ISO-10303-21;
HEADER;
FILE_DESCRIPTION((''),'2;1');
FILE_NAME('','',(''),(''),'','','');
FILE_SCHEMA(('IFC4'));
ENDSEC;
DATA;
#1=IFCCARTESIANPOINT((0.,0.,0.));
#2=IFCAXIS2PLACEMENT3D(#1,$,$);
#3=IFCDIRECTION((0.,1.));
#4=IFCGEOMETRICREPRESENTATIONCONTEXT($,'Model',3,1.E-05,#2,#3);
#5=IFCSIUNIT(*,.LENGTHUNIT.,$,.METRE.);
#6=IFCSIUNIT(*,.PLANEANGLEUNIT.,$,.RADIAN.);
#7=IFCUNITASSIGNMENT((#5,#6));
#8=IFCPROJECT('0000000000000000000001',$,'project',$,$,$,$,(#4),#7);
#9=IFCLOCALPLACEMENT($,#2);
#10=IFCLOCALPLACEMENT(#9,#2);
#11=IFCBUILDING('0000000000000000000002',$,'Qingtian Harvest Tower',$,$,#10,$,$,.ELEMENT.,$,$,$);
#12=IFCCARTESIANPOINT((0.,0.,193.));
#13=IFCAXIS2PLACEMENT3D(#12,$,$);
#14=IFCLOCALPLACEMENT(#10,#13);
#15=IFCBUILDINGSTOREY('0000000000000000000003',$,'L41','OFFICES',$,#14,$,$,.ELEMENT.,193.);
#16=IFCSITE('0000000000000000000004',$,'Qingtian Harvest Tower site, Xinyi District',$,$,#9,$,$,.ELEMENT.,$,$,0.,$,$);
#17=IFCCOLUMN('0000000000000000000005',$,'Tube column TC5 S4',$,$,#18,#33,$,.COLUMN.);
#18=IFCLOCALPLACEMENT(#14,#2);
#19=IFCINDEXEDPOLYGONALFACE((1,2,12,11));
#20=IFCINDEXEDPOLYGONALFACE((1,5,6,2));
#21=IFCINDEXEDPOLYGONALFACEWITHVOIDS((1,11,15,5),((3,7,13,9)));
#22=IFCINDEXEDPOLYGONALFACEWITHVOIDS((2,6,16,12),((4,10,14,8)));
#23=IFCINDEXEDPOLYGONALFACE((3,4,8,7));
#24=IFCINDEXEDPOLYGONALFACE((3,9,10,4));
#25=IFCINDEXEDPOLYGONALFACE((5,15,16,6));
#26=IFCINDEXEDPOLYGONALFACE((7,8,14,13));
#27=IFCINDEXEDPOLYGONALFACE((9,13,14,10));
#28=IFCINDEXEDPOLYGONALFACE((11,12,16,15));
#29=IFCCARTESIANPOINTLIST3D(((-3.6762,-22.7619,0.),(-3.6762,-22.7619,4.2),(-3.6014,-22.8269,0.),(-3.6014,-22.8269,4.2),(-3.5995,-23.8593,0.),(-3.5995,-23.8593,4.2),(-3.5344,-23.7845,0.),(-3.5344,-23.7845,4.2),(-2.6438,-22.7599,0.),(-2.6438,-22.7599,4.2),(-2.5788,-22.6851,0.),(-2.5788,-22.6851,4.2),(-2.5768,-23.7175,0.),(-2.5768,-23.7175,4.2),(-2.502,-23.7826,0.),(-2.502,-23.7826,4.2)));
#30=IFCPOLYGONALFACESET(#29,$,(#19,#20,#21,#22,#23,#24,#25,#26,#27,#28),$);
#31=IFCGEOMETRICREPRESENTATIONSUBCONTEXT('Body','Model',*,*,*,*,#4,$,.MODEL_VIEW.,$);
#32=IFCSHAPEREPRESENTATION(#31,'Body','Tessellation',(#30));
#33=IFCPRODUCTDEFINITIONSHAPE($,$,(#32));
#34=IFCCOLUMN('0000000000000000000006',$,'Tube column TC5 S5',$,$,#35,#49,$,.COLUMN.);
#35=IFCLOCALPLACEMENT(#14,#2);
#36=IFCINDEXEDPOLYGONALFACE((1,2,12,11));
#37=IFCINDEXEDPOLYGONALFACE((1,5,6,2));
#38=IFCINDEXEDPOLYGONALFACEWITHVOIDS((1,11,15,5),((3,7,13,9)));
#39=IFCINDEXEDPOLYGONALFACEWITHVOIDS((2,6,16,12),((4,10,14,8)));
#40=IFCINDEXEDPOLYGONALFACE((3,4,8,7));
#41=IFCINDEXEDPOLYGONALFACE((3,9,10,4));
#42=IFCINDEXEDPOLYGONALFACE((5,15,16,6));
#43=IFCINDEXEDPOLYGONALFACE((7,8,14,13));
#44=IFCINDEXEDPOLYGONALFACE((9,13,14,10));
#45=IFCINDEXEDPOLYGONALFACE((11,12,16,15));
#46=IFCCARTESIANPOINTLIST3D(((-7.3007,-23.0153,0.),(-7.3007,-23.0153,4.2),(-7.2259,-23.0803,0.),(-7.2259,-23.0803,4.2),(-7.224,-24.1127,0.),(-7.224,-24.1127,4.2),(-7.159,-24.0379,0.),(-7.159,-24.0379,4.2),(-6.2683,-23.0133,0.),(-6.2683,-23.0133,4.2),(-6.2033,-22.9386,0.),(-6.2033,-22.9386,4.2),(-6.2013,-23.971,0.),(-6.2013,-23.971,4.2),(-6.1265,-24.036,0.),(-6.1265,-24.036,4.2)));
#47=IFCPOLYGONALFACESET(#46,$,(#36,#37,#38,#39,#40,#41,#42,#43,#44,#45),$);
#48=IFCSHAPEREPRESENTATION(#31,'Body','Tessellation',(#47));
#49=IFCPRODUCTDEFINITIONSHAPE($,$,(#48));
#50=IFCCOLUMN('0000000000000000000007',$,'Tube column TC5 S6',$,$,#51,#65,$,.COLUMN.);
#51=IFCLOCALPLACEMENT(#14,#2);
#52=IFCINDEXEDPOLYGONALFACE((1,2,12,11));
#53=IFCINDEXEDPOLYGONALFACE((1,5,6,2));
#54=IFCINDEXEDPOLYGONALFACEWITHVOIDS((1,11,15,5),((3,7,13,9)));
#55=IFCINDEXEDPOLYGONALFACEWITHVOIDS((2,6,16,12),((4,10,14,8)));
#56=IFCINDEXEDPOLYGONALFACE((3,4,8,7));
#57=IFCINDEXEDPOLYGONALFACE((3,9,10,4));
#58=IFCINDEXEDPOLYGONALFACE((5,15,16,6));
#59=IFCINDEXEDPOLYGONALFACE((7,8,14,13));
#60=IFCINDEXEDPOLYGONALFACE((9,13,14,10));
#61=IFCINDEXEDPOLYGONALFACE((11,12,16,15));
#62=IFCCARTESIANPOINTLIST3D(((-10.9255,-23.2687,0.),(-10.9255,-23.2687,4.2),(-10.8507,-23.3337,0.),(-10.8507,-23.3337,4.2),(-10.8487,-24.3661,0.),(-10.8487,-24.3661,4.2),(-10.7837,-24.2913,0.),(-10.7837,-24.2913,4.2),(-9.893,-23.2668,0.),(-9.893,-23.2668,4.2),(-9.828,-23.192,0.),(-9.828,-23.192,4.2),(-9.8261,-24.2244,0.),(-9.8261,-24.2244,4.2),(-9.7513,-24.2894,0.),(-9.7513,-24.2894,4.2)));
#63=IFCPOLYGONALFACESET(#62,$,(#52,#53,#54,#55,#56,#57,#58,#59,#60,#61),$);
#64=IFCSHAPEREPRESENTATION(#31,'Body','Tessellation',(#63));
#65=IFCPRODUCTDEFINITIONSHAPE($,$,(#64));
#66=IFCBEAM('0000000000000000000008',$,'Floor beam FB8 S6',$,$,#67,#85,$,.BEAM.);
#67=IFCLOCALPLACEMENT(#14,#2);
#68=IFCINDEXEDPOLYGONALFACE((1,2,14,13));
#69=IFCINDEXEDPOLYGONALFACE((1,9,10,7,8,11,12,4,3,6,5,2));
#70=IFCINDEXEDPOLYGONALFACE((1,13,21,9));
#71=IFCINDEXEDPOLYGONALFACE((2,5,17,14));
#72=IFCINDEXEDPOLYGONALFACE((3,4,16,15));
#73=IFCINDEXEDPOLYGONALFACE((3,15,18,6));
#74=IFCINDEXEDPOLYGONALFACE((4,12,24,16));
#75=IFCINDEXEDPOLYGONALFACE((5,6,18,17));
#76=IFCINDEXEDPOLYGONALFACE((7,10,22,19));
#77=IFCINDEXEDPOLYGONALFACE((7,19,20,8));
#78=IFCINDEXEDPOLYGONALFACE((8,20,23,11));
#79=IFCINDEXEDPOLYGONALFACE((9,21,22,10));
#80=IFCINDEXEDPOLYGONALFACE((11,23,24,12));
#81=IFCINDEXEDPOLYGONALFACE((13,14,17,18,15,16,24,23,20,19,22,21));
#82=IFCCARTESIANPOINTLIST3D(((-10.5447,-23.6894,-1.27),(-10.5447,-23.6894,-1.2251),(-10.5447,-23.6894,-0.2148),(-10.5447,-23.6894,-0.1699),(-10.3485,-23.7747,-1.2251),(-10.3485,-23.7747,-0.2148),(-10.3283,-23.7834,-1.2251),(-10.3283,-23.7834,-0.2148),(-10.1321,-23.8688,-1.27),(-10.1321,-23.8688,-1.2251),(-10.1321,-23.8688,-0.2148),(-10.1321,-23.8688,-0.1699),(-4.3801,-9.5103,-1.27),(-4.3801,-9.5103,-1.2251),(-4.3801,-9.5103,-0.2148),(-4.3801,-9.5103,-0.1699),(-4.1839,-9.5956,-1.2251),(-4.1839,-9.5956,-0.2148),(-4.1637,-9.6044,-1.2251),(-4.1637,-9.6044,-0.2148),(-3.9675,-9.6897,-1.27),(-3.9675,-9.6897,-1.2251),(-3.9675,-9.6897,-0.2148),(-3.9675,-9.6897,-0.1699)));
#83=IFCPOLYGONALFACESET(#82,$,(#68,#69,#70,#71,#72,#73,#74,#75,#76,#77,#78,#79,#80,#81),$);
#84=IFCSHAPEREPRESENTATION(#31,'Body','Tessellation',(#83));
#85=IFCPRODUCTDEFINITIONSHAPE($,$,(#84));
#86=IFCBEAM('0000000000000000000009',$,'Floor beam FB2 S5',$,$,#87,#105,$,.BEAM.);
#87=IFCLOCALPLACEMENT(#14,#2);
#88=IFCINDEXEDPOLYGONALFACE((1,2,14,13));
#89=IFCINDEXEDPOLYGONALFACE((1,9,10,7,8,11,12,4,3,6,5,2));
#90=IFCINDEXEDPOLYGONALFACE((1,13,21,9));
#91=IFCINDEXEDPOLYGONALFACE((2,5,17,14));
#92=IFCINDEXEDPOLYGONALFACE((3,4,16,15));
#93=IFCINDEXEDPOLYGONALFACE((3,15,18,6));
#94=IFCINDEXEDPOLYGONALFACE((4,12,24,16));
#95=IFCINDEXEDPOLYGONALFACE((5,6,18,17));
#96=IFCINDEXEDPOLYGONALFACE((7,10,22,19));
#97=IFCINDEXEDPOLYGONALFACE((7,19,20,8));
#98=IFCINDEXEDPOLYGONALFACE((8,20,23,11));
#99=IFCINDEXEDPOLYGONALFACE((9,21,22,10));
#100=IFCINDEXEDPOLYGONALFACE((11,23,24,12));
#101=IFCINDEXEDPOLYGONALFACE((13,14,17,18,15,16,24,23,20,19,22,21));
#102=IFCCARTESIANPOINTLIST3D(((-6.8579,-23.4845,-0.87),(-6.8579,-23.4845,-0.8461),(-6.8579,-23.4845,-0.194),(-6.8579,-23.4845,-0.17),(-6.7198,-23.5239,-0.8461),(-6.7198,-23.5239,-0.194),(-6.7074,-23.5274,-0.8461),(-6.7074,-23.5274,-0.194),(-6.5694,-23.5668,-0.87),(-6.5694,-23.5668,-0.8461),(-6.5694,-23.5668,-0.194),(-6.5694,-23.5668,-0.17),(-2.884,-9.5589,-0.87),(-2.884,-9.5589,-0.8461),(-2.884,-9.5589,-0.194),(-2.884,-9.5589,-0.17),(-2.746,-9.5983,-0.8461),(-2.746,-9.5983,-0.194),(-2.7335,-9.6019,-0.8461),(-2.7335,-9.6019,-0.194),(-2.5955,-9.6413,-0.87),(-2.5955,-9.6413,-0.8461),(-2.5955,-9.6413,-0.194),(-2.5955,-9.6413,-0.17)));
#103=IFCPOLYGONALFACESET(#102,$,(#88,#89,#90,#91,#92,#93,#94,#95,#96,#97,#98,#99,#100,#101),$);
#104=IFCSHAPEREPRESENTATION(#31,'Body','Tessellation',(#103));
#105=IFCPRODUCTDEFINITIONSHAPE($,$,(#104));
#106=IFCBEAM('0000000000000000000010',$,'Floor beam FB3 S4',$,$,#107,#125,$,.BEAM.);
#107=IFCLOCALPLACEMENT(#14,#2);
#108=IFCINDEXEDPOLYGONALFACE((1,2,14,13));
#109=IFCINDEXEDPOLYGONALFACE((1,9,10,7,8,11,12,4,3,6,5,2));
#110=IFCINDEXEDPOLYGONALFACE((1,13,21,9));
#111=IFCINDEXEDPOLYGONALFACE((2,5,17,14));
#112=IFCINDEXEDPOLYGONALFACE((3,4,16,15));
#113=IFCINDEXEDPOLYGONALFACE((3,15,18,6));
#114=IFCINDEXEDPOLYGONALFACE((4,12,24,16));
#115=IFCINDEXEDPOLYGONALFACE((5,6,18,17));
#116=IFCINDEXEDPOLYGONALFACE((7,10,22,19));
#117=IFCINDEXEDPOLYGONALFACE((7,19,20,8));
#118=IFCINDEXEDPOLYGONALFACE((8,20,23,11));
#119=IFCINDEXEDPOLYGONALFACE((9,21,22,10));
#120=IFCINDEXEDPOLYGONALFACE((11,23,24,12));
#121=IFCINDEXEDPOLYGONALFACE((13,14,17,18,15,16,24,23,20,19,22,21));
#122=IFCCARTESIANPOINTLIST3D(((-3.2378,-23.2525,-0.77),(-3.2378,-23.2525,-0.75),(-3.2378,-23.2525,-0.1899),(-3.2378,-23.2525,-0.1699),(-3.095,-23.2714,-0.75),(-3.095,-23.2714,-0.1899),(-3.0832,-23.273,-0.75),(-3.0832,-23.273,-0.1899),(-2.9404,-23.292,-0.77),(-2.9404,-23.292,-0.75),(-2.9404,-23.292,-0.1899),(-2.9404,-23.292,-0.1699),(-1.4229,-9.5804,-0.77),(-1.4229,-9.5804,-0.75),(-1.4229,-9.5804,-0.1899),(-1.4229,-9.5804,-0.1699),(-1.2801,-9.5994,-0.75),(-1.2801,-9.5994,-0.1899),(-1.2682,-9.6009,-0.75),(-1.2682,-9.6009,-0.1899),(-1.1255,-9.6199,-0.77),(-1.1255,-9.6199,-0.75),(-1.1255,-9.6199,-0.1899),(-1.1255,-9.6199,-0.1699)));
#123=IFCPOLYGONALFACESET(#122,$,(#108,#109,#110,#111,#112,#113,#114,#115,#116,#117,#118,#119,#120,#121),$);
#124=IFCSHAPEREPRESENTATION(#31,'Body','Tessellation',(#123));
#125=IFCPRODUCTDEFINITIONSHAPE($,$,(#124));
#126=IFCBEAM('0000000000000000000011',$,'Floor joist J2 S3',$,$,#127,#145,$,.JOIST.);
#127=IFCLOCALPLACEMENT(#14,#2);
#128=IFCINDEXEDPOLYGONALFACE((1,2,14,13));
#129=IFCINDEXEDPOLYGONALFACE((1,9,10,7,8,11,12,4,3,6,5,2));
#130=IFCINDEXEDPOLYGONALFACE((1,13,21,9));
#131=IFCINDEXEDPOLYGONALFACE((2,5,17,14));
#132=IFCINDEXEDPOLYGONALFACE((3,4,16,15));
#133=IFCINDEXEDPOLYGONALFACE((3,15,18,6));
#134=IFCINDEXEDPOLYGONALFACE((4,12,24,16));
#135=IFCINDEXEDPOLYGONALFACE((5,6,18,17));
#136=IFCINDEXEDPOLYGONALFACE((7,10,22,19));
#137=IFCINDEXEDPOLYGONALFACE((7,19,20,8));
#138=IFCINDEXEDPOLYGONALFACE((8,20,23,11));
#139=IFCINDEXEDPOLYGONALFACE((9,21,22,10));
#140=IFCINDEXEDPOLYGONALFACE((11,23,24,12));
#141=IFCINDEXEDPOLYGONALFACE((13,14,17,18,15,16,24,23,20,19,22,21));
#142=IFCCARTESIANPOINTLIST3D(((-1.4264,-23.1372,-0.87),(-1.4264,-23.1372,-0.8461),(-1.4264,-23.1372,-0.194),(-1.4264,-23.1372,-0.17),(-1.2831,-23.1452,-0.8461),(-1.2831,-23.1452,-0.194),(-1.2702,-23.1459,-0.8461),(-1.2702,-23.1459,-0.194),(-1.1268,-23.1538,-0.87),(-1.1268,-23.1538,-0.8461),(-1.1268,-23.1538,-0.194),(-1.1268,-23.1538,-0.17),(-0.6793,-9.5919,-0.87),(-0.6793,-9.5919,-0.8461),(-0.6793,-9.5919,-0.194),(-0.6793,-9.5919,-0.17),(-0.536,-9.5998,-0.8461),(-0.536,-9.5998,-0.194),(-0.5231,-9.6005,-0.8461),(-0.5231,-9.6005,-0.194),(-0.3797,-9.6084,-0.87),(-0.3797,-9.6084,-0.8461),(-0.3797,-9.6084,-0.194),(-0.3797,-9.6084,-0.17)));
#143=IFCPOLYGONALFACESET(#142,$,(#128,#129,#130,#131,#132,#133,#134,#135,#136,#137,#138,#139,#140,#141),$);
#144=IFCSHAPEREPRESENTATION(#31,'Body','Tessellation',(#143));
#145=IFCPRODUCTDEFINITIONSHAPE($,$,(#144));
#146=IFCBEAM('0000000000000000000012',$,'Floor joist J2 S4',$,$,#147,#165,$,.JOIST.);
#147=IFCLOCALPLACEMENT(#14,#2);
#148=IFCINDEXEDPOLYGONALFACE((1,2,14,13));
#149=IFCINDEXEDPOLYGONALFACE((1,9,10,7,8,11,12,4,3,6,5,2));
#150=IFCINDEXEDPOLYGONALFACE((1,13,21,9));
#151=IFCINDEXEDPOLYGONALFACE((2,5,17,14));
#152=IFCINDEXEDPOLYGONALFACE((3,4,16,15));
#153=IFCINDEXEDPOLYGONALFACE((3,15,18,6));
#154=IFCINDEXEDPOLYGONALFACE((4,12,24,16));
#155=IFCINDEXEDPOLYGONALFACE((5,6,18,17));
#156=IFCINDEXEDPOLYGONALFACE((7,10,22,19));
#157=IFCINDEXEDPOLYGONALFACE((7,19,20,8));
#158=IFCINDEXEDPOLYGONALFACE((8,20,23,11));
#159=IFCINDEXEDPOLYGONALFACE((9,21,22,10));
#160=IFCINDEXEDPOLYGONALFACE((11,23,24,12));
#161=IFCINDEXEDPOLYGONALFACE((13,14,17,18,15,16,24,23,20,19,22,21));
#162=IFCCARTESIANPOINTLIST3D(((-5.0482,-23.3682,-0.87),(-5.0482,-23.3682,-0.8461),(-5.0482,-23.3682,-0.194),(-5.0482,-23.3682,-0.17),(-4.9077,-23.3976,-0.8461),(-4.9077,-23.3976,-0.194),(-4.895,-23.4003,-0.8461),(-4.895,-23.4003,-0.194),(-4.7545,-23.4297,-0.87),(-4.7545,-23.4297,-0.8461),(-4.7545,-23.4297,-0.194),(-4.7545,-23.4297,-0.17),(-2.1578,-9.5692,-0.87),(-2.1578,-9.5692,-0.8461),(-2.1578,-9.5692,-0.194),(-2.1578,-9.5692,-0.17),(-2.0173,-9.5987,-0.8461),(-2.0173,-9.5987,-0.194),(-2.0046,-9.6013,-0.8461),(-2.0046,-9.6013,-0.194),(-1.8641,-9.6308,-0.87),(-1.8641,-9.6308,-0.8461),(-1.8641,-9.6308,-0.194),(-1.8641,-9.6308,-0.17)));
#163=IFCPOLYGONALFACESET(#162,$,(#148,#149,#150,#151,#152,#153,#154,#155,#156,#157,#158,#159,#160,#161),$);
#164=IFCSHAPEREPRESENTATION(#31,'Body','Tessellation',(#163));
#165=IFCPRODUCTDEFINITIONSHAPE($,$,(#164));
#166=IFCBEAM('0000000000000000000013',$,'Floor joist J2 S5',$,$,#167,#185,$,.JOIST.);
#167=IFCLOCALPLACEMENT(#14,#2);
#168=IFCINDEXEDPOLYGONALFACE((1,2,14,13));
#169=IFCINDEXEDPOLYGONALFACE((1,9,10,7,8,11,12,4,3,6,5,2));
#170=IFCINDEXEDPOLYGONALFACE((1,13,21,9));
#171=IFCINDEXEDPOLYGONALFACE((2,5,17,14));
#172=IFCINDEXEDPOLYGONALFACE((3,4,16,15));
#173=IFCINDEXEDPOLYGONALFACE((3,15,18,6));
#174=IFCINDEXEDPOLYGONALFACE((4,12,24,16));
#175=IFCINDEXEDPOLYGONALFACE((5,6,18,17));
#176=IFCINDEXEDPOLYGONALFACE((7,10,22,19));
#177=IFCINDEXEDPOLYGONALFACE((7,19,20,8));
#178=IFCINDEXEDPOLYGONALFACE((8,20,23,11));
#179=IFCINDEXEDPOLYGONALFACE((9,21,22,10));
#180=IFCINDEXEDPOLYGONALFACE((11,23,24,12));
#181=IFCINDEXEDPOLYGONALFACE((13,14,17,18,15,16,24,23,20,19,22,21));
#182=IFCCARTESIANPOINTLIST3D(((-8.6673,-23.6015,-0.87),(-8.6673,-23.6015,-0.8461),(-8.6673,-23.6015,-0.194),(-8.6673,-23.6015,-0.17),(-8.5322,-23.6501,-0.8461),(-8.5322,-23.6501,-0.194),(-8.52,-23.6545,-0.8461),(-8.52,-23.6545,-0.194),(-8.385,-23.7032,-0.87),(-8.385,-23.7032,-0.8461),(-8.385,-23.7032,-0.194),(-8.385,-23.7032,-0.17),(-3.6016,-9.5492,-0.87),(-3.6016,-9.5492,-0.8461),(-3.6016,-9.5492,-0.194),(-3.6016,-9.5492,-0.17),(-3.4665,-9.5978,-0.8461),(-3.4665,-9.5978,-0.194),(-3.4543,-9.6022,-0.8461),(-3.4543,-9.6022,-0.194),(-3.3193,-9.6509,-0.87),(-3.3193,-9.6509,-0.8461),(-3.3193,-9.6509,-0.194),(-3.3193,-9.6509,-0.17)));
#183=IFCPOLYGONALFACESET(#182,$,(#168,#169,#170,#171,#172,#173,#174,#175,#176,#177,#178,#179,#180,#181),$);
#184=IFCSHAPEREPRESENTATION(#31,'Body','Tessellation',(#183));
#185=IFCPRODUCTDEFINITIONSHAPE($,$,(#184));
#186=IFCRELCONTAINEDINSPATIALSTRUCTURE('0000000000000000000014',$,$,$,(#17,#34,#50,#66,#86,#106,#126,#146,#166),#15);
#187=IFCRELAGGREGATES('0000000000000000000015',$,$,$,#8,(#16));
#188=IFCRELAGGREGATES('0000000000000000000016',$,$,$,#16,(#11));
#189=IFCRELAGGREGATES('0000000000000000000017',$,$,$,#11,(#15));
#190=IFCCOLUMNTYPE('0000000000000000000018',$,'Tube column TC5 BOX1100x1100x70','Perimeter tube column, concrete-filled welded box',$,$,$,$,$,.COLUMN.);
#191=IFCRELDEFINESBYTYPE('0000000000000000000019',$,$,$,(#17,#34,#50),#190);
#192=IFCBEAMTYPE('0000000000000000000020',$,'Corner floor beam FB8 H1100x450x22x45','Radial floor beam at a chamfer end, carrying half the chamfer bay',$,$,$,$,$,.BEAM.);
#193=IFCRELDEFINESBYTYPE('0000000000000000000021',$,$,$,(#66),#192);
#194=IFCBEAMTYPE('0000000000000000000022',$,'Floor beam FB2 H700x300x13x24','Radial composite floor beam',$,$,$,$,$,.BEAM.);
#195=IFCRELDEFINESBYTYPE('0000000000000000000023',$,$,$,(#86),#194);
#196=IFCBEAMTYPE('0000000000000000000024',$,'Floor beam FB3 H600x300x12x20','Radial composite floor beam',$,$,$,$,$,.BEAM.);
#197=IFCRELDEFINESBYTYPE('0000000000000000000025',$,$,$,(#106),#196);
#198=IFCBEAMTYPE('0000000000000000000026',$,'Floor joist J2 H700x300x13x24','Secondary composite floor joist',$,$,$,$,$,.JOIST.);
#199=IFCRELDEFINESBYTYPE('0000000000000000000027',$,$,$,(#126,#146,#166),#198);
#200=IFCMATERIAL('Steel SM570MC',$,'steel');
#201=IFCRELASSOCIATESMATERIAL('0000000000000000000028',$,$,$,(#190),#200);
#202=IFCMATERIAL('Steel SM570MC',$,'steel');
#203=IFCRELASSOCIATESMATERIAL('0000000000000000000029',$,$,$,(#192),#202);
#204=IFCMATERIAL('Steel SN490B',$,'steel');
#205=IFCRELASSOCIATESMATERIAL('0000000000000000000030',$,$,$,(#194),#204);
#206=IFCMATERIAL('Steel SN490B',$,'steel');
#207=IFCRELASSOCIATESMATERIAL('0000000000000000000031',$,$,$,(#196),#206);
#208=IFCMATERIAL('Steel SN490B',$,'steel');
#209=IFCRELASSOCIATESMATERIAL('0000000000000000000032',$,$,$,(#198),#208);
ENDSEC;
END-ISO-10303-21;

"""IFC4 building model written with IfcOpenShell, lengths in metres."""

from ifc_helpers import new_model, si_unit, direction, frame, origin, origin_2d, place, context, subcontext, project, spatial, hollow_rectangle, i_section, extrude, material, material_profile, profile_set, type_object, element, save


model = new_model("IFC4")

# Units and contexts
model_context = context("Model", 3, precision=1e-05, world=origin(), true_north=direction((0.0, 1.0)))
body_context = subcontext(model_context, "Body", "Model", "MODEL_VIEW")
ifc_project = project(units=[si_unit("LENGTHUNIT", "METRE"), si_unit("PLANEANGLEUNIT", "RADIAN")], contexts=[model_context])

# Site, building, storey
site_placement = place(None, origin())
site = spatial("IfcSite", under=ifc_project, at=site_placement, Name="Qingtian Harvest Tower site, Xinyi District", CompositionType="ELEMENT", RefElevation=0.0)
building_placement = place(site_placement, origin())
building = spatial("IfcBuilding", under=site, at=building_placement, Name="Qingtian Harvest Tower", CompositionType="ELEMENT")
storey_placement = place(building_placement, frame((0.0, 0.0, 193.0)))
storey = spatial("IfcBuildingStorey", under=building, at=storey_placement, Name="L41", Description="OFFICES", CompositionType="ELEMENT", Elevation=193.0)

# Columns
ifc_material_1 = material(Name="Steel SM570MC", Category="steel")
ifc_material_profile_1 = material_profile(ifc_material_1, hollow_rectangle(XDim=1.1001, YDim=1.1001, WallThickness=0.0701, at=origin_2d()), Name="BOX1100x1100x70")
ifc_profile_set_1 = profile_set([ifc_material_profile_1], Name="Steel SM570MC")
column_type = type_object("IfcColumnType", Name="Tube column TC5 BOX1100x1100x70", Description="Perimeter tube column, concrete-filled welded box", PredefinedType="COLUMN", material=ifc_profile_set_1)
for number, where, z_axis, x_axis, name in (
    (1, (-3.0891, -23.2722, 0.0), (0.0, 0.0, 1.0), (0.997564, 0.069756, 0.0), "Tube column TC5 S4"),
    (2, (-6.7136, -23.5256, 0.0), (0.0, 0.0, 1.0), (0.997564, 0.069756, 0.0), "Tube column TC5 S5"),
    (3, (-10.3384, -23.7791, 0.0), (0.0, 0.0, 1.0), (0.997564, 0.069756, 0.0), "Tube column TC5 S6"),
):
    element("IfcColumn", number, at=place(storey_placement, frame(where, z_axis=z_axis, x_axis=x_axis)), inside=storey, type_object=column_type, Name=name, PredefinedType="COLUMN", context=body_context, shape_type="SweptSolid", body=[
        extrude(hollow_rectangle(XDim=1.1001, YDim=1.1001, WallThickness=0.0701, at=origin_2d()), origin(), (0.0, 0.0, 1.0), 4.2),
    ])

# Beams
ifc_material_2 = material(Name="Steel SM570MC", Category="steel")
ifc_material_profile_2 = material_profile(ifc_material_2, i_section(OverallWidth=0.45, OverallDepth=1.1001, WebThickness=0.022, FlangeThickness=0.0449, at=origin_2d()), Name="H1100x450x22x45")
ifc_profile_set_2 = profile_set([ifc_material_profile_2], Name="Steel SM570MC")
beam_type_1 = type_object("IfcBeamType", Name="Corner floor beam FB8 H1100x450x22x45", Description="Radial floor beam at a chamfer end, carrying half the chamfer bay", PredefinedType="BEAM", material=ifc_profile_set_2)
beam_1_placement = place(storey_placement, frame((-10.3384, -23.7791, -0.72), z_axis=(0.398715, 0.917075, 0.0), x_axis=(-0.917075, 0.398715, 0.0)))
element("IfcBeam", 4, at=beam_1_placement, inside=storey, type_object=beam_type_1, Name="Floor beam FB8 S6", PredefinedType="BEAM", context=body_context, shape_type="SweptSolid", body=[
    extrude(i_section(OverallWidth=0.45, OverallDepth=1.1001, WebThickness=0.022, FlangeThickness=0.0449, at=origin_2d()), origin(), (0.0, 0.0, 1.0), 15.4612),
])
ifc_material_3 = material(Name="Steel SN490B", Category="steel")
ifc_material_profile_3 = material_profile(ifc_material_3, i_section(OverallWidth=0.3, OverallDepth=0.7, WebThickness=0.0129, FlangeThickness=0.0239, at=origin_2d()), Name="H700x300x13x24")
ifc_profile_set_3 = profile_set([ifc_material_profile_3], Name="Steel SN490B")
beam_type_2 = type_object("IfcBeamType", Name="Floor beam FB2 H700x300x13x24", Description="Radial composite floor beam", PredefinedType="BEAM", material=ifc_profile_set_3)
beam_2_placement = place(storey_placement, frame((-6.7136, -23.5256, -0.52), z_axis=(0.274412, 0.961612, 0.0), x_axis=(-0.961612, 0.274412, 0.0)))
element("IfcBeam", 5, at=beam_2_placement, inside=storey, type_object=beam_type_2, Name="Floor beam FB2 S5", PredefinedType="BEAM", context=body_context, shape_type="SweptSolid", body=[
    extrude(i_section(OverallWidth=0.3, OverallDepth=0.7, WebThickness=0.0129, FlangeThickness=0.0239, at=origin_2d()), origin(), (0.0, 0.0, 1.0), 14.4814),
])
ifc_material_4 = material(Name="Steel SN490B", Category="steel")
ifc_material_profile_4 = material_profile(ifc_material_4, i_section(OverallWidth=0.3, OverallDepth=0.6001, WebThickness=0.012, FlangeThickness=0.02, at=origin_2d()), Name="H600x300x12x20")
ifc_profile_set_4 = profile_set([ifc_material_profile_4], Name="Steel SN490B")
beam_type_3 = type_object("IfcBeamType", Name="Floor beam FB3 H600x300x12x20", Description="Radial composite floor beam", PredefinedType="BEAM", material=ifc_profile_set_4)
beam_3_placement = place(storey_placement, frame((-3.0891, -23.2722, -0.47), z_axis=(0.131593, 0.991304, 0.0), x_axis=(-0.991304, 0.131593, 0.0)))
element("IfcBeam", 6, at=beam_3_placement, inside=storey, type_object=beam_type_3, Name="Floor beam FB3 S4", PredefinedType="BEAM", context=body_context, shape_type="SweptSolid", body=[
    extrude(i_section(OverallWidth=0.3, OverallDepth=0.6001, WebThickness=0.012, FlangeThickness=0.02, at=origin_2d()), origin(), (0.0, 0.0, 1.0), 13.792),
])
ifc_material_5 = material(Name="Steel SN490B", Category="steel")
ifc_material_profile_5 = material_profile(ifc_material_5, i_section(OverallWidth=0.3, OverallDepth=0.7, WebThickness=0.0129, FlangeThickness=0.0239, at=origin_2d()), Name="H700x300x13x24")
ifc_profile_set_5 = profile_set([ifc_material_profile_5], Name="Steel SN490B")
beam_type_4 = type_object("IfcBeamType", Name="Floor joist J2 H700x300x13x24", Description="Secondary composite floor joist", PredefinedType="JOIST", material=ifc_profile_set_5)
beam_4_placement = place(storey_placement, frame((-1.2766, -23.1455, -0.52), z_axis=(0.055069, 0.998483, 0.0), x_axis=(-0.998483, 0.055069, 0.0)))
element("IfcBeam", 7, at=beam_4_placement, inside=storey, type_object=beam_type_4, Name="Floor joist J2 S3", PredefinedType="JOIST", context=body_context, shape_type="SweptSolid", body=[
    extrude(i_section(OverallWidth=0.3, OverallDepth=0.7, WebThickness=0.0129, FlangeThickness=0.0239, at=origin_2d()), origin(), (0.0, 0.0, 1.0), 13.5659),
])
beam_5_placement = place(storey_placement, frame((-4.9014, -23.3989, -0.52), z_axis=(0.205016, 0.978759, 0.0), x_axis=(-0.978759, 0.205016, 0.0)))
element("IfcBeam", 8, at=beam_5_placement, inside=storey, type_object=beam_type_4, Name="Floor joist J2 S4", PredefinedType="JOIST", context=body_context, shape_type="SweptSolid", body=[
    extrude(i_section(OverallWidth=0.3, OverallDepth=0.7, WebThickness=0.0129, FlangeThickness=0.0239, at=origin_2d()), origin(), (0.0, 0.0, 1.0), 14.0984),
])
beam_6_placement = place(storey_placement, frame((-8.5261, -23.6523, -0.52), z_axis=(0.339126, 0.940741, 0.0), x_axis=(-0.940741, 0.339126, 0.0)))
element("IfcBeam", 9, at=beam_6_placement, inside=storey, type_object=beam_type_4, Name="Floor joist J2 S5", PredefinedType="JOIST", context=body_context, shape_type="SweptSolid", body=[
    extrude(i_section(OverallWidth=0.3, OverallDepth=0.7, WebThickness=0.0129, FlangeThickness=0.0239, at=origin_2d()), origin(), (0.0, 0.0, 1.0), 14.9375),
])

save(model, "model.ifc")
